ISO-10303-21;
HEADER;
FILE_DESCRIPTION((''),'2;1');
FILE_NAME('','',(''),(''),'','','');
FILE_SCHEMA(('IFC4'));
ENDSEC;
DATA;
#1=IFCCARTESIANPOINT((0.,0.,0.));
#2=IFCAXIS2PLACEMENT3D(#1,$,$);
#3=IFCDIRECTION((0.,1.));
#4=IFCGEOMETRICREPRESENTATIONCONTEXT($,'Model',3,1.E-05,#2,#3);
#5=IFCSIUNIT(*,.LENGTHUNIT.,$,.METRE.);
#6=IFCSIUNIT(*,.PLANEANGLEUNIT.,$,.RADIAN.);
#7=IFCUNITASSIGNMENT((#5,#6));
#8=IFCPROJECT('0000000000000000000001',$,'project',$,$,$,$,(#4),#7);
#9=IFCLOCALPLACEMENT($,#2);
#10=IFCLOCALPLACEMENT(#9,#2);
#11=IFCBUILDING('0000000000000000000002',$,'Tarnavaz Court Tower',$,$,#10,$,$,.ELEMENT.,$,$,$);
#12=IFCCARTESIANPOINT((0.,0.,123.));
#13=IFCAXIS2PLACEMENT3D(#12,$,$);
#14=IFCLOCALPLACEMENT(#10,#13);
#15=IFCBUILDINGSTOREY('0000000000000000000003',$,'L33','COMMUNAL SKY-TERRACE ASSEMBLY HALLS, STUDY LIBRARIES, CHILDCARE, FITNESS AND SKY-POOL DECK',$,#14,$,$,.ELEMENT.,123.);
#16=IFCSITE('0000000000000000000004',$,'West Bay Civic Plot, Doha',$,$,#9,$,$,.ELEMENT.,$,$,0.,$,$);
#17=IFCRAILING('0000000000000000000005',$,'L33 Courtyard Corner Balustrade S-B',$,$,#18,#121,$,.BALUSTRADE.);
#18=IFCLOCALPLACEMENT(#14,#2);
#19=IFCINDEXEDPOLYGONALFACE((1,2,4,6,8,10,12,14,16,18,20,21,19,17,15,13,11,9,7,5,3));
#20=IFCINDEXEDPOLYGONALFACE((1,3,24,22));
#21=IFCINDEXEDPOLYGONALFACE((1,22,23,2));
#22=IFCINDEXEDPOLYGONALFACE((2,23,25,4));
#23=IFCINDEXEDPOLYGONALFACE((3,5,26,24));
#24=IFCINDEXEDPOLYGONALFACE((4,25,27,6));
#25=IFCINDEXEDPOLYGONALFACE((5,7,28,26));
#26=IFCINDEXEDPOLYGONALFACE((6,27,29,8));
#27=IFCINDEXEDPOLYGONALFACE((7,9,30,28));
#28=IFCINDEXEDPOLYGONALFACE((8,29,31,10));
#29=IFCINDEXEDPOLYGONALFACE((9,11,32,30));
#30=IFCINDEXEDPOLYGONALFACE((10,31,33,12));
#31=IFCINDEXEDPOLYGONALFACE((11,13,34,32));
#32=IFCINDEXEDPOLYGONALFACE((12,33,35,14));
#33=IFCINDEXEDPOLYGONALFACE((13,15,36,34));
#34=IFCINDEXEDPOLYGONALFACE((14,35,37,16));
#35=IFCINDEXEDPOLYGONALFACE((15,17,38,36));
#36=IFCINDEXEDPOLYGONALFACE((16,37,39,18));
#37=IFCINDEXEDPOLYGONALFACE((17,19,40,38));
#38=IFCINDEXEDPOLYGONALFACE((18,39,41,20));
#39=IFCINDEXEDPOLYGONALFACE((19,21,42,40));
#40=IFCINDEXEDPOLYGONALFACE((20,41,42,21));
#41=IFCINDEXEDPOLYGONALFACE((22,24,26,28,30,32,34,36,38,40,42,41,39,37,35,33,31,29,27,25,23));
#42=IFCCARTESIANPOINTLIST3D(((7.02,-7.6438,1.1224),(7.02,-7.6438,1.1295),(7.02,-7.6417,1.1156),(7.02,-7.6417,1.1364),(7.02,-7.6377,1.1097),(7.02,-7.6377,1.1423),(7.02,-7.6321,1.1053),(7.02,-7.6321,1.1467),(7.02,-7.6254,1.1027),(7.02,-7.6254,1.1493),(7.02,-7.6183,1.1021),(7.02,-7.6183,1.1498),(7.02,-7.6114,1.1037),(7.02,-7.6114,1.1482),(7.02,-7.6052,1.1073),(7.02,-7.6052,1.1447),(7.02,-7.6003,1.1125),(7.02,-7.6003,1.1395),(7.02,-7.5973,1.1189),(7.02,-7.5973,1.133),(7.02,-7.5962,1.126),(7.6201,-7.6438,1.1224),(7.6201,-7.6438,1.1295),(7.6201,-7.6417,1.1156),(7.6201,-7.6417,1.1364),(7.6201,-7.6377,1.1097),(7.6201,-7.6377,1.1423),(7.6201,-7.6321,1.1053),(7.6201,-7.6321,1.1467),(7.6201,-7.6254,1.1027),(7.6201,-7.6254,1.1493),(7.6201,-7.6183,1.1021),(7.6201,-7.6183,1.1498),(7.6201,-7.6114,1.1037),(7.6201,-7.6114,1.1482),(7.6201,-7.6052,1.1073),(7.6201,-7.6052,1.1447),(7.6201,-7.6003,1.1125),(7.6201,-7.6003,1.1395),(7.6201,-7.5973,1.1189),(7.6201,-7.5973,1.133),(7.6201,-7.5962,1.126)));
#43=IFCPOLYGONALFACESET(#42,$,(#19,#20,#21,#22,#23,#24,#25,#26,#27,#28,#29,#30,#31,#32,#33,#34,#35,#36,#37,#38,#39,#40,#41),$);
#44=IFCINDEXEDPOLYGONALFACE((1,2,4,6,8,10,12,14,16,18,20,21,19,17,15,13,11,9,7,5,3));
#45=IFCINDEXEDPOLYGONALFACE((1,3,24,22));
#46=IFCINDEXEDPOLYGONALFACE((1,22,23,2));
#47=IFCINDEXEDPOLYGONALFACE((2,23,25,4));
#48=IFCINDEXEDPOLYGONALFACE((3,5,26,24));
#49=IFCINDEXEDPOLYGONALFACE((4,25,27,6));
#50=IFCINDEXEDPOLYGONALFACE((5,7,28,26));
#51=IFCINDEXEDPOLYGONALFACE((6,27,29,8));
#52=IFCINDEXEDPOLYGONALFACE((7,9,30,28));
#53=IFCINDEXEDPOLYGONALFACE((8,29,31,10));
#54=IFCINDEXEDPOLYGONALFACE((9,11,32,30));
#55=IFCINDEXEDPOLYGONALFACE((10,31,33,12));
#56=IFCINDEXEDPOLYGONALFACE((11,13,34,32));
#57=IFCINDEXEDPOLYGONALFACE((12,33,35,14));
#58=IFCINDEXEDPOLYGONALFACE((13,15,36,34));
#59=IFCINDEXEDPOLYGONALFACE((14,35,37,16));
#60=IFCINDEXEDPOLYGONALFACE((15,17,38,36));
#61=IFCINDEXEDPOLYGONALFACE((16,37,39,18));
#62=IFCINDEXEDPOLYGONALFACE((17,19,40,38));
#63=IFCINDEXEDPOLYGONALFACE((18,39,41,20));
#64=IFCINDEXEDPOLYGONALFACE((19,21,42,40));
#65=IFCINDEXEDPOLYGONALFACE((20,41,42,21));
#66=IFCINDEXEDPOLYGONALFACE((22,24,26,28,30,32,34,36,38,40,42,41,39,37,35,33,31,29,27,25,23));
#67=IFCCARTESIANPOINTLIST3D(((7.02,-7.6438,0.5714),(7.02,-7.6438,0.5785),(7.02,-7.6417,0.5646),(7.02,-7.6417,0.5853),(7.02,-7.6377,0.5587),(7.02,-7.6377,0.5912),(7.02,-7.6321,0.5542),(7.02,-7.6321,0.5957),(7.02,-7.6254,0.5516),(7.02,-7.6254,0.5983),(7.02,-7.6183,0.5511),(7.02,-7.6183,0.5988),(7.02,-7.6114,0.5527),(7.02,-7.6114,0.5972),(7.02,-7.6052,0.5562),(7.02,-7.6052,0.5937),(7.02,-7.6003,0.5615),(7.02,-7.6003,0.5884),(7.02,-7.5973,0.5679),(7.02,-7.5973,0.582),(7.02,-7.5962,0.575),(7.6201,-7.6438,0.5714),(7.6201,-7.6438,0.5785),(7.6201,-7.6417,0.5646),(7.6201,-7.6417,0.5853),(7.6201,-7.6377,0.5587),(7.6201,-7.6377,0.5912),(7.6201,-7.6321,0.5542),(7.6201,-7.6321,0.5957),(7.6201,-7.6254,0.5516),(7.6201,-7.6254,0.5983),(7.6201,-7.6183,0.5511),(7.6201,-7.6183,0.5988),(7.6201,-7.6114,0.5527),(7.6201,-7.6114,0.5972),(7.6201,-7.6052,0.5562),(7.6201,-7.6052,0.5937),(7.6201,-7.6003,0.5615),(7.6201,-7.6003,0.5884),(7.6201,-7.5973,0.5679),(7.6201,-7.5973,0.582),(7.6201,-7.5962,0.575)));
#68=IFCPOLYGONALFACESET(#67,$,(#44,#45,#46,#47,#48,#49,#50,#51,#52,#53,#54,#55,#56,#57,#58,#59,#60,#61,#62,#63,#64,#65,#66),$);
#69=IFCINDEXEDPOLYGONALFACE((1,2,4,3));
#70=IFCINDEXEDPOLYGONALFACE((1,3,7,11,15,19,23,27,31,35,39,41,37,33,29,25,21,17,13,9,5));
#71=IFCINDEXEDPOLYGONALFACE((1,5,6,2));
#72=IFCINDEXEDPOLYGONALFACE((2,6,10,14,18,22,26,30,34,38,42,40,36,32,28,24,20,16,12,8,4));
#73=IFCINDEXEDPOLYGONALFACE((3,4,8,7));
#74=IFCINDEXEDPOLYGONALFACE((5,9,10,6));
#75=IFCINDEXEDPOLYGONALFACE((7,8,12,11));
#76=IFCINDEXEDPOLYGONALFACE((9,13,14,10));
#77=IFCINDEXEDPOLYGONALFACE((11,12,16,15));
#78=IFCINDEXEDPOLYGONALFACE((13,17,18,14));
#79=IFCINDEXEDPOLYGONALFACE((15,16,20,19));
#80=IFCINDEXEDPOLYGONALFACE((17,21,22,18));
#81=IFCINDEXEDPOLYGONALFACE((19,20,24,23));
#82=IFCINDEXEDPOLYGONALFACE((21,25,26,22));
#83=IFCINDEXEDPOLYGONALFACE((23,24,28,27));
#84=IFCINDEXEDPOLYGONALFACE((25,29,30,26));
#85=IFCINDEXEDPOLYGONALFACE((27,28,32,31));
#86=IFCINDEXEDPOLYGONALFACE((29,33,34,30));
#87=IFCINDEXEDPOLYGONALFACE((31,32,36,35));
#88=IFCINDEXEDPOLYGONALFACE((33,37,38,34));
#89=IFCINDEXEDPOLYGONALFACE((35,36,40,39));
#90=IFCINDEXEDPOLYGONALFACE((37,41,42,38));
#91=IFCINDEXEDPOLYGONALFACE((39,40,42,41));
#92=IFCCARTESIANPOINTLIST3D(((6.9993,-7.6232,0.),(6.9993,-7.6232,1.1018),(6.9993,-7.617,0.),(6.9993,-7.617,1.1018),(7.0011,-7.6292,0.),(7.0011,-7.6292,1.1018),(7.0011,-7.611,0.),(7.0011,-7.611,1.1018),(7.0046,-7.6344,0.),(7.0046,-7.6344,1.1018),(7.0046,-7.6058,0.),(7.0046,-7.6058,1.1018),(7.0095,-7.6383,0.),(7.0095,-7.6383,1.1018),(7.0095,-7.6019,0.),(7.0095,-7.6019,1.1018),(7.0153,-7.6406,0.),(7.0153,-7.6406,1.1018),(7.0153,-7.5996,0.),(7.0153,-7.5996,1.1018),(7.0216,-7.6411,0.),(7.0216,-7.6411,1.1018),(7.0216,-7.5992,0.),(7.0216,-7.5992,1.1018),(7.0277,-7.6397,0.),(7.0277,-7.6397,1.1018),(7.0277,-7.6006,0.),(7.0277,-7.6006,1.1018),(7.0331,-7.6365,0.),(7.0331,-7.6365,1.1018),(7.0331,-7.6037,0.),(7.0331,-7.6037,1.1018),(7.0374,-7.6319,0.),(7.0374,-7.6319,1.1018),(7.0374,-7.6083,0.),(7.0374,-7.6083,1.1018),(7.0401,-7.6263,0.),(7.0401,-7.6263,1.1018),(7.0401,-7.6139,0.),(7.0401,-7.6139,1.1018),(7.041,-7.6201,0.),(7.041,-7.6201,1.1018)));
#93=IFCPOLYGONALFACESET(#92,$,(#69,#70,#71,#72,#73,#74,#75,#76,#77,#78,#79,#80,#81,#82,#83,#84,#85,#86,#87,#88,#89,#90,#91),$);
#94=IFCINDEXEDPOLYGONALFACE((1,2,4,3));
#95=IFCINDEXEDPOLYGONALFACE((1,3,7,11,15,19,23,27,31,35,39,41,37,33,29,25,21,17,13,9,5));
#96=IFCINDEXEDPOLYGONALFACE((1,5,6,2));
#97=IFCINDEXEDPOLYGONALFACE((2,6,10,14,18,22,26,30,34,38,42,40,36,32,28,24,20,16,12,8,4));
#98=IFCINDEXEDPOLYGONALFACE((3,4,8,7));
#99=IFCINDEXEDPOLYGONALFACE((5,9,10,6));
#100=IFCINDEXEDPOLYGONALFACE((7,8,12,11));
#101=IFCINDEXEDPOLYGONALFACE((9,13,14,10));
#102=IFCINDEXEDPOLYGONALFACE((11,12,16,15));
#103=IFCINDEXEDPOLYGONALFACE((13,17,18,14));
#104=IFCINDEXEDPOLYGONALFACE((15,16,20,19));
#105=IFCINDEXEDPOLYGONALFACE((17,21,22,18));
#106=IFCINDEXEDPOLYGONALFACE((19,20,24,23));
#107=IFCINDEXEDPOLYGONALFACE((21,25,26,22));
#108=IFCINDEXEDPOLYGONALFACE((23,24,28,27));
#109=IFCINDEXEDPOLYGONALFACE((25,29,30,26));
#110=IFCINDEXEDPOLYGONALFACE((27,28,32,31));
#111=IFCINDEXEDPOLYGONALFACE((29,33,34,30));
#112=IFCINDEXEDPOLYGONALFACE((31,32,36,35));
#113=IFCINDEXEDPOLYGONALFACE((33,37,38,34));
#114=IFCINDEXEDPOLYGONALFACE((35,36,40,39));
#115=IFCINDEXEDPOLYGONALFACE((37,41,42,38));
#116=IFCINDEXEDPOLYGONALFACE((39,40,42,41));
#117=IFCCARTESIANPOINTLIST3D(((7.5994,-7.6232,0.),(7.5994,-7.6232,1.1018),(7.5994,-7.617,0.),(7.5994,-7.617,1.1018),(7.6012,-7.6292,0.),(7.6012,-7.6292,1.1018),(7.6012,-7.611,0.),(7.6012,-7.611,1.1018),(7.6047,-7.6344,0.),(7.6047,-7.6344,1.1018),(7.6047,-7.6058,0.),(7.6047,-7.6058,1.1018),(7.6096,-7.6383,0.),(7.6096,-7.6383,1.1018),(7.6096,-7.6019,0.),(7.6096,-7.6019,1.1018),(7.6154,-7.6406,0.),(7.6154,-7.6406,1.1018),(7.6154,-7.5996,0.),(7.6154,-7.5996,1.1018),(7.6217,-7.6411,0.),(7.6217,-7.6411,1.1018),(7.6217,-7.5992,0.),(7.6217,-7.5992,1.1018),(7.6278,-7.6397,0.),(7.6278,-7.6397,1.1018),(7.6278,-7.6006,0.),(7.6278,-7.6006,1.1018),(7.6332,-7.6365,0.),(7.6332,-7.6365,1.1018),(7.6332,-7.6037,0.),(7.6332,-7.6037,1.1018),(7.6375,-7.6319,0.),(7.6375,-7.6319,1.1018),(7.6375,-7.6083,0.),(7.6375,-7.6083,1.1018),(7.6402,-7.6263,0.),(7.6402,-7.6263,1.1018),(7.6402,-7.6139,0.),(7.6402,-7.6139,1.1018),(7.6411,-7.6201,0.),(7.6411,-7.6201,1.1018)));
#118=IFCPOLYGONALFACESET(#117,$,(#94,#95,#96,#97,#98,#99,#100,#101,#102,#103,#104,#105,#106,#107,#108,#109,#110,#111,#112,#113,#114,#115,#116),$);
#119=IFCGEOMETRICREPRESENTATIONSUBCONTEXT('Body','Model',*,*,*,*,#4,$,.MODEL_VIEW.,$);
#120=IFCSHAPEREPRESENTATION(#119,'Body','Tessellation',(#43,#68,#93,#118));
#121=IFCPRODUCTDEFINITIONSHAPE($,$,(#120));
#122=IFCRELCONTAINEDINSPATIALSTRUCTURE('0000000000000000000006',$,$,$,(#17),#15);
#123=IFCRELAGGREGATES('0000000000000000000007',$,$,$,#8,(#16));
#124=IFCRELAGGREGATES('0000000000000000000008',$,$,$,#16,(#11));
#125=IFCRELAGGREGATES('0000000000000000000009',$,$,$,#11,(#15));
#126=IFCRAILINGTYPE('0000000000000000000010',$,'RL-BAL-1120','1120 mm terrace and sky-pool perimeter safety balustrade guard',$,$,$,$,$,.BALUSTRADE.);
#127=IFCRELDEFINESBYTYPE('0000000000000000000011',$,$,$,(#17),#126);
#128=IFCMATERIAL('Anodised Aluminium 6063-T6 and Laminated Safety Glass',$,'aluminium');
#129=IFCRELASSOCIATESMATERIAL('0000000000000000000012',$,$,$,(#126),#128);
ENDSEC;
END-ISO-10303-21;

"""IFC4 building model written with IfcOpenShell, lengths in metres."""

from ifc_helpers import new_model, si_unit, direction, frame, origin, origin_2d, place, context, subcontext, project, spatial, circle, extrude, material, type_object, element, save


model = new_model("IFC4")

# Units and contexts
model_context = context("Model", 3, precision=1e-05, world=origin(), true_north=direction((0.0, 1.0)))
body_context = subcontext(model_context, "Body", "Model", "MODEL_VIEW")
ifc_project = project(units=[si_unit("LENGTHUNIT", "METRE"), si_unit("PLANEANGLEUNIT", "RADIAN")], contexts=[model_context])

# Site, building, storey
site_placement = place(None, origin())
site = spatial("IfcSite", under=ifc_project, at=site_placement, Name="West Bay Civic Plot, Doha", CompositionType="ELEMENT", RefElevation=0.0)
building_placement = place(site_placement, origin())
building = spatial("IfcBuilding", under=site, at=building_placement, Name="Tarnavaz Court Tower", CompositionType="ELEMENT")
storey_placement = place(building_placement, frame((0.0, 0.0, 123.0)))
storey = spatial("IfcBuildingStorey", under=building, at=storey_placement, Name="L33", Description="COMMUNAL SKY-TERRACE ASSEMBLY HALLS, STUDY LIBRARIES, CHILDCARE, FITNESS AND SKY-POOL DECK", CompositionType="ELEMENT", Elevation=123.0)

# Railing
ifc_material_1 = material(Name="Anodised Aluminium 6063-T6 and Laminated Safety Glass", Category="aluminium")
railing_type = type_object("IfcRailingType", Name="RL-BAL-1120", Description="1120 mm terrace and sky-pool perimeter safety balustrade guard", PredefinedType="BALUSTRADE", material=ifc_material_1)
railing_placement = place(storey_placement, frame((7.02, -7.6201, 0.0)))
element("IfcRailing", 1, at=railing_placement, inside=storey, type_object=railing_type, Name="L33 Courtyard Corner Balustrade S-B", PredefinedType="BALUSTRADE", context=body_context, shape_type="SweptSolid", body=[
    extrude(circle(Radius=0.0239, at=origin_2d()), frame((0.0, 0.0, 1.126), z_axis=(1.0, 0.0, 0.0), x_axis=(0.0, 1.0, 0.0)), (0.0, 0.0, 1.0), 0.6001),
    extrude(circle(Radius=0.0239, at=origin_2d()), frame((0.0, 0.0, 0.575), z_axis=(1.0, 0.0, 0.0), x_axis=(0.0, 1.0, 0.0)), (0.0, 0.0, 1.0), 0.6001),
    extrude(circle(Radius=0.021, at=origin_2d()), origin(), (0.0, 0.0, 1.0), 1.1018),
    extrude(circle(Radius=0.021, at=origin_2d()), frame((0.6001, 0.0, 0.0)), (0.0, 0.0, 1.0), 1.1018),
])

save(model, "model.ifc")
